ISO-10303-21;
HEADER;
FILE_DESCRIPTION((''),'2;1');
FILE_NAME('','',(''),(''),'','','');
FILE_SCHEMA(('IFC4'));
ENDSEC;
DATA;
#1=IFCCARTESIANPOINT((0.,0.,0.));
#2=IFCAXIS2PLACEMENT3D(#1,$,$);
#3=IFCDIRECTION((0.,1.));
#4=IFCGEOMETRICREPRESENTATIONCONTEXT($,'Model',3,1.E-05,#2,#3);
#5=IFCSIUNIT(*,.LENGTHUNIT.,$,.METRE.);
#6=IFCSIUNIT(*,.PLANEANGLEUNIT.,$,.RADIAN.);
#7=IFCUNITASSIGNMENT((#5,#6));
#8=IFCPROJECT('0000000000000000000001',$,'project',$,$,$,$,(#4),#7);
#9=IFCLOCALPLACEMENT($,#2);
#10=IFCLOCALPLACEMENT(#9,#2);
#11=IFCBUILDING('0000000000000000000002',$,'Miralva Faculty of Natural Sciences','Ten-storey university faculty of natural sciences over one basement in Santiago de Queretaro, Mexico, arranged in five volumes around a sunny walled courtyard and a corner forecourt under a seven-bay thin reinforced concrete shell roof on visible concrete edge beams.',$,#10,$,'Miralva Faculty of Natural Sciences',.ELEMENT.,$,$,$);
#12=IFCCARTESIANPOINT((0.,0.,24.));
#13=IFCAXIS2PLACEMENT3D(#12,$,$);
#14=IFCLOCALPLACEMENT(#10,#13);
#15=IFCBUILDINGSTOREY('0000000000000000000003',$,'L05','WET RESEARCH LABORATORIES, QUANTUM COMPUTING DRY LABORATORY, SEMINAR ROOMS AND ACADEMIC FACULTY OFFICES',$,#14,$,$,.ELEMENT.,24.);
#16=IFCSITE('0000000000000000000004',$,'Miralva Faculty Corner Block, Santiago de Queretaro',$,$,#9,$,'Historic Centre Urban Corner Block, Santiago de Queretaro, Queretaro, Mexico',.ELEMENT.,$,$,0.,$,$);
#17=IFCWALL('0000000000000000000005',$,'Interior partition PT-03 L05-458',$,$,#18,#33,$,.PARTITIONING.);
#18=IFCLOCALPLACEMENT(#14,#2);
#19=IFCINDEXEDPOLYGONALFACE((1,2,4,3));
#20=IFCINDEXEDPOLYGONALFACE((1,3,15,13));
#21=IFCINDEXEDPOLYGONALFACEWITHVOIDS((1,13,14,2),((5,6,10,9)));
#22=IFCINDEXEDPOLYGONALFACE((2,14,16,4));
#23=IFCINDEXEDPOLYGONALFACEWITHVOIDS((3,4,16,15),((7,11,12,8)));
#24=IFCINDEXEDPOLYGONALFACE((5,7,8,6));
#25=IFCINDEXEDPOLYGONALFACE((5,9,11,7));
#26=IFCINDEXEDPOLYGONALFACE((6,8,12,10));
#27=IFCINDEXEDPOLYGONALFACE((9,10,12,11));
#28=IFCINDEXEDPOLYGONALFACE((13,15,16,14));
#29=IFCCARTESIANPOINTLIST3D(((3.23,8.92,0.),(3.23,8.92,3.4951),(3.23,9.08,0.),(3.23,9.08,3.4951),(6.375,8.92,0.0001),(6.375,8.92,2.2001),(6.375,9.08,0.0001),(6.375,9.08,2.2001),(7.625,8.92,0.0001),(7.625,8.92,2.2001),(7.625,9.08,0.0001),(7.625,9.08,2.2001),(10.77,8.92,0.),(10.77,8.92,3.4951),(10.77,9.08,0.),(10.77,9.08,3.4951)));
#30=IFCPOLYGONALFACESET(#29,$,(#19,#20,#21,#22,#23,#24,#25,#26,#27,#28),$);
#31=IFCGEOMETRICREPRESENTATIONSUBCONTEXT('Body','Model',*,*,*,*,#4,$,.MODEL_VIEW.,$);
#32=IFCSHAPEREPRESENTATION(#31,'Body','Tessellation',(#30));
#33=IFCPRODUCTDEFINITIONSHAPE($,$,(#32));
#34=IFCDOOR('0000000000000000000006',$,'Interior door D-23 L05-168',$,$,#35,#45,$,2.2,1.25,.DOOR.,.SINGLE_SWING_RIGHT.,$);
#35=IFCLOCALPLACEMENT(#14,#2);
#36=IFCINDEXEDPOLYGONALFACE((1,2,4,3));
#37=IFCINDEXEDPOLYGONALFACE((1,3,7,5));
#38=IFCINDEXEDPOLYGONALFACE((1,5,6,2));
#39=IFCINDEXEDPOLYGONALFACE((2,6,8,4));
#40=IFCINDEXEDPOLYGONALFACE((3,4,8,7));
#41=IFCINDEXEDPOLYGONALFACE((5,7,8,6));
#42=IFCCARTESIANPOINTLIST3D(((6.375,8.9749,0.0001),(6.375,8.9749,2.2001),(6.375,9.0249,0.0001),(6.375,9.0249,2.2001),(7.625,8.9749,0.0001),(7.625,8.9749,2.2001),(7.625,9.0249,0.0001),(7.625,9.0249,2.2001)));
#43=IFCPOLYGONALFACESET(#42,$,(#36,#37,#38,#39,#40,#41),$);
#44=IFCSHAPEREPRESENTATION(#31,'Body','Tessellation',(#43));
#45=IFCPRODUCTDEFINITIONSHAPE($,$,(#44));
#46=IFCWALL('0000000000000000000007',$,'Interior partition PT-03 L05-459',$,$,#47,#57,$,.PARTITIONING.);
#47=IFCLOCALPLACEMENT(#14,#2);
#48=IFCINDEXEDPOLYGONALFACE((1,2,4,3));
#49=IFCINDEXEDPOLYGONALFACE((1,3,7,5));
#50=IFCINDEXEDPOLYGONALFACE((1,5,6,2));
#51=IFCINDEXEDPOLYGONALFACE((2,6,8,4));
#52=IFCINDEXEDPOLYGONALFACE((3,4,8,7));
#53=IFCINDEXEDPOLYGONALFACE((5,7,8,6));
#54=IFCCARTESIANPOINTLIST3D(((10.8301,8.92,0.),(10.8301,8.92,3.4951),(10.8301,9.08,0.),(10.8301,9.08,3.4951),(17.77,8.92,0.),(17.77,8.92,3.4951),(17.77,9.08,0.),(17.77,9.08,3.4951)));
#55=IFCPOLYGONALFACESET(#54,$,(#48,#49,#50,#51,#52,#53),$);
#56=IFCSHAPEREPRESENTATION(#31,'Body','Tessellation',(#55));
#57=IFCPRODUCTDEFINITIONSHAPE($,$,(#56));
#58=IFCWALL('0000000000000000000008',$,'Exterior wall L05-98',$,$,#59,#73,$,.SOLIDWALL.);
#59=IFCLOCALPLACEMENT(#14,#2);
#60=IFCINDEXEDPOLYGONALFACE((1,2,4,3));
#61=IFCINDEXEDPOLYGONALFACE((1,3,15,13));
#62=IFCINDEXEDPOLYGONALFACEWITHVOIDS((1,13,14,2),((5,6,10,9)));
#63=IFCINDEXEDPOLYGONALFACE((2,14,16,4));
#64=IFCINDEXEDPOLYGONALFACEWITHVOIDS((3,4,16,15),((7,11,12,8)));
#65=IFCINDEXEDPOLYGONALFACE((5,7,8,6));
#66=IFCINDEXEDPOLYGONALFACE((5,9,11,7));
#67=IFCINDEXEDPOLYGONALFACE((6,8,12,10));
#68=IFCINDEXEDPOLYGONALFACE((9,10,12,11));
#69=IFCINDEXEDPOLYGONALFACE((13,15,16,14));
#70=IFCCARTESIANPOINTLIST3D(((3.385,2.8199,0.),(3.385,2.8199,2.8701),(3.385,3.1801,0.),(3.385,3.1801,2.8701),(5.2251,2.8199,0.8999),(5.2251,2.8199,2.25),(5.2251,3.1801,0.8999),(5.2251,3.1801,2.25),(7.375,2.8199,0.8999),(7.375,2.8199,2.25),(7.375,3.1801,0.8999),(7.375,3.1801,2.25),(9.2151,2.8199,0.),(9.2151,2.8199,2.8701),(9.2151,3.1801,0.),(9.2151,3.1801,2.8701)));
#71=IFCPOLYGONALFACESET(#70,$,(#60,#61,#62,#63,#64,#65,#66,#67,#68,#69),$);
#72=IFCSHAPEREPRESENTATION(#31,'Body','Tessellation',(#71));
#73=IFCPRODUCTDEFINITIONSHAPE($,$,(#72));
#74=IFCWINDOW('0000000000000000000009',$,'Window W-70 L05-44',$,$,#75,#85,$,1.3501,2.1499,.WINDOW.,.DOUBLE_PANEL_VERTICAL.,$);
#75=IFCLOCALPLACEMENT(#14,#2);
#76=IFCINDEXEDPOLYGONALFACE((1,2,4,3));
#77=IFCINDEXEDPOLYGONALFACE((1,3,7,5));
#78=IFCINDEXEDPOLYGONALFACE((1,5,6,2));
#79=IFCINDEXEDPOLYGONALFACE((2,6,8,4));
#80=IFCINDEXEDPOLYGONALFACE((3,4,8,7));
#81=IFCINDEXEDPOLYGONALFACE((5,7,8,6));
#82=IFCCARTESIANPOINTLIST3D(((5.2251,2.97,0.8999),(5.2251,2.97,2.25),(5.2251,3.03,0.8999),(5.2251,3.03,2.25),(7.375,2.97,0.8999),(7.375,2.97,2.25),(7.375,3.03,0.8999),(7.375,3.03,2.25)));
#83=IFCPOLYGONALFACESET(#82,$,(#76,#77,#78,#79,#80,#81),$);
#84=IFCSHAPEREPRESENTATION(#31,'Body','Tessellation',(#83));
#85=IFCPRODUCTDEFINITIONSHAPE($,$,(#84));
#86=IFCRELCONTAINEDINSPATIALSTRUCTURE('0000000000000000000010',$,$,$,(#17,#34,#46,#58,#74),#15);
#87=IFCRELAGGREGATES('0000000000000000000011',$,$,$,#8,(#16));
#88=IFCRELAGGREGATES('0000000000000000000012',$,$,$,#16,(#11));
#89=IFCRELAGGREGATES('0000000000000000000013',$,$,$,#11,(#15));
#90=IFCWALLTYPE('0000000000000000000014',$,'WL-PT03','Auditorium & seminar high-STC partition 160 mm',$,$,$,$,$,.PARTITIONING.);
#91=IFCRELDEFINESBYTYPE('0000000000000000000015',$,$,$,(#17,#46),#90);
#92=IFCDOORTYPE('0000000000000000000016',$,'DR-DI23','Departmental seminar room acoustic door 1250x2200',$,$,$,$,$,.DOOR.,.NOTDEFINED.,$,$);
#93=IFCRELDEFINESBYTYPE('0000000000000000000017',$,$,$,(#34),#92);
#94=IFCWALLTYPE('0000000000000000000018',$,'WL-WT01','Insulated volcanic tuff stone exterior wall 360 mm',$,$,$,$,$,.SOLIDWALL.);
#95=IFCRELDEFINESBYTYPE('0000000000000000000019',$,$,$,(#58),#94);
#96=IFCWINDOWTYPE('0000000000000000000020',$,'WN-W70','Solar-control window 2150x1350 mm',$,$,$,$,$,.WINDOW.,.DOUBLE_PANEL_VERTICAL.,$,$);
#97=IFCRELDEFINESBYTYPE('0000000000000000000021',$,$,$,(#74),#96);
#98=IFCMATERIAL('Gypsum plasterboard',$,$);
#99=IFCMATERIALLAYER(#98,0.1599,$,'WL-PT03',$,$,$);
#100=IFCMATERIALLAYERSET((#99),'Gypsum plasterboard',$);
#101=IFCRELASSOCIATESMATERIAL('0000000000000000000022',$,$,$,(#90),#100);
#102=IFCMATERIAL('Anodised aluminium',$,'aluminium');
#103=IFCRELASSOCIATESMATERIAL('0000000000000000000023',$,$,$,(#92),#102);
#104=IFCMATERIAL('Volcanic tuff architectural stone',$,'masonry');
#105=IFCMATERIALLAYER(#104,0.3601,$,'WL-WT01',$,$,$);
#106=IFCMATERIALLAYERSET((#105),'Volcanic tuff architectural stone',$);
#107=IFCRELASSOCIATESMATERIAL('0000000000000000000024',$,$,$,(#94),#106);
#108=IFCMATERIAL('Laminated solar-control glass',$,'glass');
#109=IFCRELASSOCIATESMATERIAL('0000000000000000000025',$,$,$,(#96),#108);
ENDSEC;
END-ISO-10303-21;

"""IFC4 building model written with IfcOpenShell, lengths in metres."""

from ifc_helpers import new_model, si_unit, direction, frame, frame_2d, origin, place, context, subcontext, project, spatial, rectangle, extrude, material, layer, layer_set, type_object, element, fill, save


model = new_model("IFC4")

# Units and contexts
model_context = context("Model", 3, precision=1e-05, world=origin(), true_north=direction((0.0, 1.0)))
body_context = subcontext(model_context, "Body", "Model", "MODEL_VIEW")
ifc_project = project(units=[si_unit("LENGTHUNIT", "METRE"), si_unit("PLANEANGLEUNIT", "RADIAN")], contexts=[model_context])

# Site, building, storey
site_placement = place(None, origin())
site = spatial("IfcSite", under=ifc_project, at=site_placement, Name="Miralva Faculty Corner Block, Santiago de Queretaro", LongName="Historic Centre Urban Corner Block, Santiago de Queretaro, Queretaro, Mexico", CompositionType="ELEMENT", RefElevation=0.0)
building_placement = place(site_placement, origin())
building = spatial("IfcBuilding", under=site, at=building_placement, Name="Miralva Faculty of Natural Sciences", Description="Ten-storey university faculty of natural sciences over one basement in Santiago de Queretaro, Mexico, arranged in five volumes around a sunny walled courtyard and a corner forecourt under a seven-bay thin reinforced concrete shell roof on visible concrete edge beams.", LongName="Miralva Faculty of Natural Sciences", CompositionType="ELEMENT")
storey_placement = place(building_placement, frame((0.0, 0.0, 24.0)))
storey = spatial("IfcBuildingStorey", under=building, at=storey_placement, Name="L05", Description="WET RESEARCH LABORATORIES, QUANTUM COMPUTING DRY LABORATORY, SEMINAR ROOMS AND ACADEMIC FACULTY OFFICES", CompositionType="ELEMENT", Elevation=24.0)

# Shared definitions
ifc_material_1 = material(Name="Laminated solar-control glass", Category="glass")
ifc_material_2 = material(Name="Anodised aluminium", Category="aluminium")

# Wall, opening, door
ifc_material_3 = material(Name="Gypsum plasterboard")
ifc_layer_1 = layer(ifc_material_3, 0.1599, Name="WL-PT03")
ifc_layer_set_1 = layer_set([ifc_layer_1], Name="Gypsum plasterboard")
wall_type_1 = type_object("IfcWallType", Name="WL-PT03", Description="Auditorium & seminar high-STC partition 160 mm", PredefinedType="PARTITIONING", material=ifc_layer_set_1)
wall_1_placement = place(storey_placement, frame((3.23, 9.0, 0.0), z_axis=(0.0, 0.0, 1.0), x_axis=(1.0, 0.0, 0.0)))
wall_1 = element("IfcWall", 1, at=wall_1_placement, inside=storey, type_object=wall_type_1, Name="Interior partition PT-03 L05-458", PredefinedType="PARTITIONING", context=body_context, shape_type="SweptSolid", body=[
    extrude(rectangle(XDim=7.54, YDim=0.1599, at=frame_2d((3.77, 0.0))), origin(), (0.0, 0.0, 1.0), 3.4951),
])
opening_1_placement = place(wall_1_placement, frame((3.145, 0.0, 0.0)))
opening_1 = element("IfcOpeningElement", 2, at=opening_1_placement, cuts=wall_1, PredefinedType="OPENING", context=body_context, shape_type="SweptSolid", body=[
    extrude(rectangle(XDim=1.25, YDim=2.2, at=frame_2d((0.625, 1.1001))), frame((0.0, 0.0898, 0.0), z_axis=(0.0, -1.0, 0.0), x_axis=(1.0, 0.0, 0.0)), (0.0, 0.0, 1.0), 0.1799),
])
door_type_1 = type_object("IfcDoorType", Name="DR-DI23", Description="Departmental seminar room acoustic door 1250x2200", OperationType="NOTDEFINED", PredefinedType="DOOR", material=ifc_material_2)
door_1_placement = place(opening_1_placement, origin())
door_1 = element("IfcDoor", 3, at=door_1_placement, inside=storey, type_object=door_type_1, Name="Interior door D-23 L05-168", OperationType="SINGLE_SWING_RIGHT", OverallHeight=2.2, OverallWidth=1.25, PredefinedType="DOOR", context=body_context, shape_type="SweptSolid", body=[
    extrude(rectangle(XDim=1.25, YDim=2.2, at=frame_2d((0.625, 1.1001))), frame((0.0, 0.0249, 0.0), z_axis=(0.0, -1.0, 0.0), x_axis=(1.0, 0.0, 0.0)), (0.0, 0.0, 1.0), 0.05),
])
fill(opening_1, door_1)

# Wall
wall_2_placement = place(storey_placement, frame((10.8301, 9.0, 0.0), z_axis=(0.0, 0.0, 1.0), x_axis=(1.0, 0.0, 0.0)))
element("IfcWall", 4, at=wall_2_placement, inside=storey, type_object=wall_type_1, Name="Interior partition PT-03 L05-459", PredefinedType="PARTITIONING", context=body_context, shape_type="SweptSolid", body=[
    extrude(rectangle(XDim=6.9399, YDim=0.1599, at=frame_2d((3.47, 0.0))), origin(), (0.0, 0.0, 1.0), 3.4951),
])

# Wall, opening, window
ifc_material_4 = material(Name="Volcanic tuff architectural stone", Category="masonry")
ifc_layer_2 = layer(ifc_material_4, 0.3601, Name="WL-WT01")
ifc_layer_set_2 = layer_set([ifc_layer_2], Name="Volcanic tuff architectural stone")
wall_type_2 = type_object("IfcWallType", Name="WL-WT01", Description="Insulated volcanic tuff stone exterior wall 360 mm", PredefinedType="SOLIDWALL", material=ifc_layer_set_2)
wall_3_placement = place(storey_placement, frame((3.385, 3.0, 0.0), z_axis=(0.0, 0.0, 1.0), x_axis=(1.0, 0.0, 0.0)))
wall_3 = element("IfcWall", 5, at=wall_3_placement, inside=storey, type_object=wall_type_2, Name="Exterior wall L05-98", PredefinedType="SOLIDWALL", context=body_context, shape_type="SweptSolid", body=[
    extrude(rectangle(XDim=5.8301, YDim=0.3601, at=frame_2d((2.915, 0.0))), origin(), (0.0, 0.0, 1.0), 2.8701),
])
opening_2_placement = place(wall_3_placement, frame((1.8401, 0.0, 0.8999)))
opening_2 = element("IfcOpeningElement", 6, at=opening_2_placement, cuts=wall_3, PredefinedType="OPENING", context=body_context, shape_type="SweptSolid", body=[
    extrude(rectangle(XDim=2.1499, YDim=1.3501, at=frame_2d((1.075, 0.675))), frame((0.0, 0.1899, 0.0), z_axis=(0.0, -1.0, 0.0), x_axis=(1.0, 0.0, 0.0)), (0.0, 0.0, 1.0), 0.3801),
])
window_type = type_object("IfcWindowType", Name="WN-W70", Description="Solar-control window 2150x1350 mm", PartitioningType="DOUBLE_PANEL_VERTICAL", PredefinedType="WINDOW", material=ifc_material_1)
window_placement = place(opening_2_placement, frame((2.1499, 0.0, 0.0), z_axis=(0.0, 0.0, 1.0), x_axis=(-1.0, 0.0, 0.0)))
window = element("IfcWindow", 7, at=window_placement, inside=storey, type_object=window_type, Name="Window W-70 L05-44", OverallHeight=1.3501, OverallWidth=2.1499, PartitioningType="DOUBLE_PANEL_VERTICAL", PredefinedType="WINDOW", context=body_context, shape_type="SweptSolid", body=[
    extrude(rectangle(XDim=2.1499, YDim=1.3501, at=frame_2d((1.075, 0.675))), frame((0.0, 0.03, 0.0), z_axis=(0.0, -1.0, 0.0), x_axis=(1.0, 0.0, 0.0)), (0.0, 0.0, 1.0), 0.0601),
])
fill(opening_2, window)

save(model, "model.ifc")
